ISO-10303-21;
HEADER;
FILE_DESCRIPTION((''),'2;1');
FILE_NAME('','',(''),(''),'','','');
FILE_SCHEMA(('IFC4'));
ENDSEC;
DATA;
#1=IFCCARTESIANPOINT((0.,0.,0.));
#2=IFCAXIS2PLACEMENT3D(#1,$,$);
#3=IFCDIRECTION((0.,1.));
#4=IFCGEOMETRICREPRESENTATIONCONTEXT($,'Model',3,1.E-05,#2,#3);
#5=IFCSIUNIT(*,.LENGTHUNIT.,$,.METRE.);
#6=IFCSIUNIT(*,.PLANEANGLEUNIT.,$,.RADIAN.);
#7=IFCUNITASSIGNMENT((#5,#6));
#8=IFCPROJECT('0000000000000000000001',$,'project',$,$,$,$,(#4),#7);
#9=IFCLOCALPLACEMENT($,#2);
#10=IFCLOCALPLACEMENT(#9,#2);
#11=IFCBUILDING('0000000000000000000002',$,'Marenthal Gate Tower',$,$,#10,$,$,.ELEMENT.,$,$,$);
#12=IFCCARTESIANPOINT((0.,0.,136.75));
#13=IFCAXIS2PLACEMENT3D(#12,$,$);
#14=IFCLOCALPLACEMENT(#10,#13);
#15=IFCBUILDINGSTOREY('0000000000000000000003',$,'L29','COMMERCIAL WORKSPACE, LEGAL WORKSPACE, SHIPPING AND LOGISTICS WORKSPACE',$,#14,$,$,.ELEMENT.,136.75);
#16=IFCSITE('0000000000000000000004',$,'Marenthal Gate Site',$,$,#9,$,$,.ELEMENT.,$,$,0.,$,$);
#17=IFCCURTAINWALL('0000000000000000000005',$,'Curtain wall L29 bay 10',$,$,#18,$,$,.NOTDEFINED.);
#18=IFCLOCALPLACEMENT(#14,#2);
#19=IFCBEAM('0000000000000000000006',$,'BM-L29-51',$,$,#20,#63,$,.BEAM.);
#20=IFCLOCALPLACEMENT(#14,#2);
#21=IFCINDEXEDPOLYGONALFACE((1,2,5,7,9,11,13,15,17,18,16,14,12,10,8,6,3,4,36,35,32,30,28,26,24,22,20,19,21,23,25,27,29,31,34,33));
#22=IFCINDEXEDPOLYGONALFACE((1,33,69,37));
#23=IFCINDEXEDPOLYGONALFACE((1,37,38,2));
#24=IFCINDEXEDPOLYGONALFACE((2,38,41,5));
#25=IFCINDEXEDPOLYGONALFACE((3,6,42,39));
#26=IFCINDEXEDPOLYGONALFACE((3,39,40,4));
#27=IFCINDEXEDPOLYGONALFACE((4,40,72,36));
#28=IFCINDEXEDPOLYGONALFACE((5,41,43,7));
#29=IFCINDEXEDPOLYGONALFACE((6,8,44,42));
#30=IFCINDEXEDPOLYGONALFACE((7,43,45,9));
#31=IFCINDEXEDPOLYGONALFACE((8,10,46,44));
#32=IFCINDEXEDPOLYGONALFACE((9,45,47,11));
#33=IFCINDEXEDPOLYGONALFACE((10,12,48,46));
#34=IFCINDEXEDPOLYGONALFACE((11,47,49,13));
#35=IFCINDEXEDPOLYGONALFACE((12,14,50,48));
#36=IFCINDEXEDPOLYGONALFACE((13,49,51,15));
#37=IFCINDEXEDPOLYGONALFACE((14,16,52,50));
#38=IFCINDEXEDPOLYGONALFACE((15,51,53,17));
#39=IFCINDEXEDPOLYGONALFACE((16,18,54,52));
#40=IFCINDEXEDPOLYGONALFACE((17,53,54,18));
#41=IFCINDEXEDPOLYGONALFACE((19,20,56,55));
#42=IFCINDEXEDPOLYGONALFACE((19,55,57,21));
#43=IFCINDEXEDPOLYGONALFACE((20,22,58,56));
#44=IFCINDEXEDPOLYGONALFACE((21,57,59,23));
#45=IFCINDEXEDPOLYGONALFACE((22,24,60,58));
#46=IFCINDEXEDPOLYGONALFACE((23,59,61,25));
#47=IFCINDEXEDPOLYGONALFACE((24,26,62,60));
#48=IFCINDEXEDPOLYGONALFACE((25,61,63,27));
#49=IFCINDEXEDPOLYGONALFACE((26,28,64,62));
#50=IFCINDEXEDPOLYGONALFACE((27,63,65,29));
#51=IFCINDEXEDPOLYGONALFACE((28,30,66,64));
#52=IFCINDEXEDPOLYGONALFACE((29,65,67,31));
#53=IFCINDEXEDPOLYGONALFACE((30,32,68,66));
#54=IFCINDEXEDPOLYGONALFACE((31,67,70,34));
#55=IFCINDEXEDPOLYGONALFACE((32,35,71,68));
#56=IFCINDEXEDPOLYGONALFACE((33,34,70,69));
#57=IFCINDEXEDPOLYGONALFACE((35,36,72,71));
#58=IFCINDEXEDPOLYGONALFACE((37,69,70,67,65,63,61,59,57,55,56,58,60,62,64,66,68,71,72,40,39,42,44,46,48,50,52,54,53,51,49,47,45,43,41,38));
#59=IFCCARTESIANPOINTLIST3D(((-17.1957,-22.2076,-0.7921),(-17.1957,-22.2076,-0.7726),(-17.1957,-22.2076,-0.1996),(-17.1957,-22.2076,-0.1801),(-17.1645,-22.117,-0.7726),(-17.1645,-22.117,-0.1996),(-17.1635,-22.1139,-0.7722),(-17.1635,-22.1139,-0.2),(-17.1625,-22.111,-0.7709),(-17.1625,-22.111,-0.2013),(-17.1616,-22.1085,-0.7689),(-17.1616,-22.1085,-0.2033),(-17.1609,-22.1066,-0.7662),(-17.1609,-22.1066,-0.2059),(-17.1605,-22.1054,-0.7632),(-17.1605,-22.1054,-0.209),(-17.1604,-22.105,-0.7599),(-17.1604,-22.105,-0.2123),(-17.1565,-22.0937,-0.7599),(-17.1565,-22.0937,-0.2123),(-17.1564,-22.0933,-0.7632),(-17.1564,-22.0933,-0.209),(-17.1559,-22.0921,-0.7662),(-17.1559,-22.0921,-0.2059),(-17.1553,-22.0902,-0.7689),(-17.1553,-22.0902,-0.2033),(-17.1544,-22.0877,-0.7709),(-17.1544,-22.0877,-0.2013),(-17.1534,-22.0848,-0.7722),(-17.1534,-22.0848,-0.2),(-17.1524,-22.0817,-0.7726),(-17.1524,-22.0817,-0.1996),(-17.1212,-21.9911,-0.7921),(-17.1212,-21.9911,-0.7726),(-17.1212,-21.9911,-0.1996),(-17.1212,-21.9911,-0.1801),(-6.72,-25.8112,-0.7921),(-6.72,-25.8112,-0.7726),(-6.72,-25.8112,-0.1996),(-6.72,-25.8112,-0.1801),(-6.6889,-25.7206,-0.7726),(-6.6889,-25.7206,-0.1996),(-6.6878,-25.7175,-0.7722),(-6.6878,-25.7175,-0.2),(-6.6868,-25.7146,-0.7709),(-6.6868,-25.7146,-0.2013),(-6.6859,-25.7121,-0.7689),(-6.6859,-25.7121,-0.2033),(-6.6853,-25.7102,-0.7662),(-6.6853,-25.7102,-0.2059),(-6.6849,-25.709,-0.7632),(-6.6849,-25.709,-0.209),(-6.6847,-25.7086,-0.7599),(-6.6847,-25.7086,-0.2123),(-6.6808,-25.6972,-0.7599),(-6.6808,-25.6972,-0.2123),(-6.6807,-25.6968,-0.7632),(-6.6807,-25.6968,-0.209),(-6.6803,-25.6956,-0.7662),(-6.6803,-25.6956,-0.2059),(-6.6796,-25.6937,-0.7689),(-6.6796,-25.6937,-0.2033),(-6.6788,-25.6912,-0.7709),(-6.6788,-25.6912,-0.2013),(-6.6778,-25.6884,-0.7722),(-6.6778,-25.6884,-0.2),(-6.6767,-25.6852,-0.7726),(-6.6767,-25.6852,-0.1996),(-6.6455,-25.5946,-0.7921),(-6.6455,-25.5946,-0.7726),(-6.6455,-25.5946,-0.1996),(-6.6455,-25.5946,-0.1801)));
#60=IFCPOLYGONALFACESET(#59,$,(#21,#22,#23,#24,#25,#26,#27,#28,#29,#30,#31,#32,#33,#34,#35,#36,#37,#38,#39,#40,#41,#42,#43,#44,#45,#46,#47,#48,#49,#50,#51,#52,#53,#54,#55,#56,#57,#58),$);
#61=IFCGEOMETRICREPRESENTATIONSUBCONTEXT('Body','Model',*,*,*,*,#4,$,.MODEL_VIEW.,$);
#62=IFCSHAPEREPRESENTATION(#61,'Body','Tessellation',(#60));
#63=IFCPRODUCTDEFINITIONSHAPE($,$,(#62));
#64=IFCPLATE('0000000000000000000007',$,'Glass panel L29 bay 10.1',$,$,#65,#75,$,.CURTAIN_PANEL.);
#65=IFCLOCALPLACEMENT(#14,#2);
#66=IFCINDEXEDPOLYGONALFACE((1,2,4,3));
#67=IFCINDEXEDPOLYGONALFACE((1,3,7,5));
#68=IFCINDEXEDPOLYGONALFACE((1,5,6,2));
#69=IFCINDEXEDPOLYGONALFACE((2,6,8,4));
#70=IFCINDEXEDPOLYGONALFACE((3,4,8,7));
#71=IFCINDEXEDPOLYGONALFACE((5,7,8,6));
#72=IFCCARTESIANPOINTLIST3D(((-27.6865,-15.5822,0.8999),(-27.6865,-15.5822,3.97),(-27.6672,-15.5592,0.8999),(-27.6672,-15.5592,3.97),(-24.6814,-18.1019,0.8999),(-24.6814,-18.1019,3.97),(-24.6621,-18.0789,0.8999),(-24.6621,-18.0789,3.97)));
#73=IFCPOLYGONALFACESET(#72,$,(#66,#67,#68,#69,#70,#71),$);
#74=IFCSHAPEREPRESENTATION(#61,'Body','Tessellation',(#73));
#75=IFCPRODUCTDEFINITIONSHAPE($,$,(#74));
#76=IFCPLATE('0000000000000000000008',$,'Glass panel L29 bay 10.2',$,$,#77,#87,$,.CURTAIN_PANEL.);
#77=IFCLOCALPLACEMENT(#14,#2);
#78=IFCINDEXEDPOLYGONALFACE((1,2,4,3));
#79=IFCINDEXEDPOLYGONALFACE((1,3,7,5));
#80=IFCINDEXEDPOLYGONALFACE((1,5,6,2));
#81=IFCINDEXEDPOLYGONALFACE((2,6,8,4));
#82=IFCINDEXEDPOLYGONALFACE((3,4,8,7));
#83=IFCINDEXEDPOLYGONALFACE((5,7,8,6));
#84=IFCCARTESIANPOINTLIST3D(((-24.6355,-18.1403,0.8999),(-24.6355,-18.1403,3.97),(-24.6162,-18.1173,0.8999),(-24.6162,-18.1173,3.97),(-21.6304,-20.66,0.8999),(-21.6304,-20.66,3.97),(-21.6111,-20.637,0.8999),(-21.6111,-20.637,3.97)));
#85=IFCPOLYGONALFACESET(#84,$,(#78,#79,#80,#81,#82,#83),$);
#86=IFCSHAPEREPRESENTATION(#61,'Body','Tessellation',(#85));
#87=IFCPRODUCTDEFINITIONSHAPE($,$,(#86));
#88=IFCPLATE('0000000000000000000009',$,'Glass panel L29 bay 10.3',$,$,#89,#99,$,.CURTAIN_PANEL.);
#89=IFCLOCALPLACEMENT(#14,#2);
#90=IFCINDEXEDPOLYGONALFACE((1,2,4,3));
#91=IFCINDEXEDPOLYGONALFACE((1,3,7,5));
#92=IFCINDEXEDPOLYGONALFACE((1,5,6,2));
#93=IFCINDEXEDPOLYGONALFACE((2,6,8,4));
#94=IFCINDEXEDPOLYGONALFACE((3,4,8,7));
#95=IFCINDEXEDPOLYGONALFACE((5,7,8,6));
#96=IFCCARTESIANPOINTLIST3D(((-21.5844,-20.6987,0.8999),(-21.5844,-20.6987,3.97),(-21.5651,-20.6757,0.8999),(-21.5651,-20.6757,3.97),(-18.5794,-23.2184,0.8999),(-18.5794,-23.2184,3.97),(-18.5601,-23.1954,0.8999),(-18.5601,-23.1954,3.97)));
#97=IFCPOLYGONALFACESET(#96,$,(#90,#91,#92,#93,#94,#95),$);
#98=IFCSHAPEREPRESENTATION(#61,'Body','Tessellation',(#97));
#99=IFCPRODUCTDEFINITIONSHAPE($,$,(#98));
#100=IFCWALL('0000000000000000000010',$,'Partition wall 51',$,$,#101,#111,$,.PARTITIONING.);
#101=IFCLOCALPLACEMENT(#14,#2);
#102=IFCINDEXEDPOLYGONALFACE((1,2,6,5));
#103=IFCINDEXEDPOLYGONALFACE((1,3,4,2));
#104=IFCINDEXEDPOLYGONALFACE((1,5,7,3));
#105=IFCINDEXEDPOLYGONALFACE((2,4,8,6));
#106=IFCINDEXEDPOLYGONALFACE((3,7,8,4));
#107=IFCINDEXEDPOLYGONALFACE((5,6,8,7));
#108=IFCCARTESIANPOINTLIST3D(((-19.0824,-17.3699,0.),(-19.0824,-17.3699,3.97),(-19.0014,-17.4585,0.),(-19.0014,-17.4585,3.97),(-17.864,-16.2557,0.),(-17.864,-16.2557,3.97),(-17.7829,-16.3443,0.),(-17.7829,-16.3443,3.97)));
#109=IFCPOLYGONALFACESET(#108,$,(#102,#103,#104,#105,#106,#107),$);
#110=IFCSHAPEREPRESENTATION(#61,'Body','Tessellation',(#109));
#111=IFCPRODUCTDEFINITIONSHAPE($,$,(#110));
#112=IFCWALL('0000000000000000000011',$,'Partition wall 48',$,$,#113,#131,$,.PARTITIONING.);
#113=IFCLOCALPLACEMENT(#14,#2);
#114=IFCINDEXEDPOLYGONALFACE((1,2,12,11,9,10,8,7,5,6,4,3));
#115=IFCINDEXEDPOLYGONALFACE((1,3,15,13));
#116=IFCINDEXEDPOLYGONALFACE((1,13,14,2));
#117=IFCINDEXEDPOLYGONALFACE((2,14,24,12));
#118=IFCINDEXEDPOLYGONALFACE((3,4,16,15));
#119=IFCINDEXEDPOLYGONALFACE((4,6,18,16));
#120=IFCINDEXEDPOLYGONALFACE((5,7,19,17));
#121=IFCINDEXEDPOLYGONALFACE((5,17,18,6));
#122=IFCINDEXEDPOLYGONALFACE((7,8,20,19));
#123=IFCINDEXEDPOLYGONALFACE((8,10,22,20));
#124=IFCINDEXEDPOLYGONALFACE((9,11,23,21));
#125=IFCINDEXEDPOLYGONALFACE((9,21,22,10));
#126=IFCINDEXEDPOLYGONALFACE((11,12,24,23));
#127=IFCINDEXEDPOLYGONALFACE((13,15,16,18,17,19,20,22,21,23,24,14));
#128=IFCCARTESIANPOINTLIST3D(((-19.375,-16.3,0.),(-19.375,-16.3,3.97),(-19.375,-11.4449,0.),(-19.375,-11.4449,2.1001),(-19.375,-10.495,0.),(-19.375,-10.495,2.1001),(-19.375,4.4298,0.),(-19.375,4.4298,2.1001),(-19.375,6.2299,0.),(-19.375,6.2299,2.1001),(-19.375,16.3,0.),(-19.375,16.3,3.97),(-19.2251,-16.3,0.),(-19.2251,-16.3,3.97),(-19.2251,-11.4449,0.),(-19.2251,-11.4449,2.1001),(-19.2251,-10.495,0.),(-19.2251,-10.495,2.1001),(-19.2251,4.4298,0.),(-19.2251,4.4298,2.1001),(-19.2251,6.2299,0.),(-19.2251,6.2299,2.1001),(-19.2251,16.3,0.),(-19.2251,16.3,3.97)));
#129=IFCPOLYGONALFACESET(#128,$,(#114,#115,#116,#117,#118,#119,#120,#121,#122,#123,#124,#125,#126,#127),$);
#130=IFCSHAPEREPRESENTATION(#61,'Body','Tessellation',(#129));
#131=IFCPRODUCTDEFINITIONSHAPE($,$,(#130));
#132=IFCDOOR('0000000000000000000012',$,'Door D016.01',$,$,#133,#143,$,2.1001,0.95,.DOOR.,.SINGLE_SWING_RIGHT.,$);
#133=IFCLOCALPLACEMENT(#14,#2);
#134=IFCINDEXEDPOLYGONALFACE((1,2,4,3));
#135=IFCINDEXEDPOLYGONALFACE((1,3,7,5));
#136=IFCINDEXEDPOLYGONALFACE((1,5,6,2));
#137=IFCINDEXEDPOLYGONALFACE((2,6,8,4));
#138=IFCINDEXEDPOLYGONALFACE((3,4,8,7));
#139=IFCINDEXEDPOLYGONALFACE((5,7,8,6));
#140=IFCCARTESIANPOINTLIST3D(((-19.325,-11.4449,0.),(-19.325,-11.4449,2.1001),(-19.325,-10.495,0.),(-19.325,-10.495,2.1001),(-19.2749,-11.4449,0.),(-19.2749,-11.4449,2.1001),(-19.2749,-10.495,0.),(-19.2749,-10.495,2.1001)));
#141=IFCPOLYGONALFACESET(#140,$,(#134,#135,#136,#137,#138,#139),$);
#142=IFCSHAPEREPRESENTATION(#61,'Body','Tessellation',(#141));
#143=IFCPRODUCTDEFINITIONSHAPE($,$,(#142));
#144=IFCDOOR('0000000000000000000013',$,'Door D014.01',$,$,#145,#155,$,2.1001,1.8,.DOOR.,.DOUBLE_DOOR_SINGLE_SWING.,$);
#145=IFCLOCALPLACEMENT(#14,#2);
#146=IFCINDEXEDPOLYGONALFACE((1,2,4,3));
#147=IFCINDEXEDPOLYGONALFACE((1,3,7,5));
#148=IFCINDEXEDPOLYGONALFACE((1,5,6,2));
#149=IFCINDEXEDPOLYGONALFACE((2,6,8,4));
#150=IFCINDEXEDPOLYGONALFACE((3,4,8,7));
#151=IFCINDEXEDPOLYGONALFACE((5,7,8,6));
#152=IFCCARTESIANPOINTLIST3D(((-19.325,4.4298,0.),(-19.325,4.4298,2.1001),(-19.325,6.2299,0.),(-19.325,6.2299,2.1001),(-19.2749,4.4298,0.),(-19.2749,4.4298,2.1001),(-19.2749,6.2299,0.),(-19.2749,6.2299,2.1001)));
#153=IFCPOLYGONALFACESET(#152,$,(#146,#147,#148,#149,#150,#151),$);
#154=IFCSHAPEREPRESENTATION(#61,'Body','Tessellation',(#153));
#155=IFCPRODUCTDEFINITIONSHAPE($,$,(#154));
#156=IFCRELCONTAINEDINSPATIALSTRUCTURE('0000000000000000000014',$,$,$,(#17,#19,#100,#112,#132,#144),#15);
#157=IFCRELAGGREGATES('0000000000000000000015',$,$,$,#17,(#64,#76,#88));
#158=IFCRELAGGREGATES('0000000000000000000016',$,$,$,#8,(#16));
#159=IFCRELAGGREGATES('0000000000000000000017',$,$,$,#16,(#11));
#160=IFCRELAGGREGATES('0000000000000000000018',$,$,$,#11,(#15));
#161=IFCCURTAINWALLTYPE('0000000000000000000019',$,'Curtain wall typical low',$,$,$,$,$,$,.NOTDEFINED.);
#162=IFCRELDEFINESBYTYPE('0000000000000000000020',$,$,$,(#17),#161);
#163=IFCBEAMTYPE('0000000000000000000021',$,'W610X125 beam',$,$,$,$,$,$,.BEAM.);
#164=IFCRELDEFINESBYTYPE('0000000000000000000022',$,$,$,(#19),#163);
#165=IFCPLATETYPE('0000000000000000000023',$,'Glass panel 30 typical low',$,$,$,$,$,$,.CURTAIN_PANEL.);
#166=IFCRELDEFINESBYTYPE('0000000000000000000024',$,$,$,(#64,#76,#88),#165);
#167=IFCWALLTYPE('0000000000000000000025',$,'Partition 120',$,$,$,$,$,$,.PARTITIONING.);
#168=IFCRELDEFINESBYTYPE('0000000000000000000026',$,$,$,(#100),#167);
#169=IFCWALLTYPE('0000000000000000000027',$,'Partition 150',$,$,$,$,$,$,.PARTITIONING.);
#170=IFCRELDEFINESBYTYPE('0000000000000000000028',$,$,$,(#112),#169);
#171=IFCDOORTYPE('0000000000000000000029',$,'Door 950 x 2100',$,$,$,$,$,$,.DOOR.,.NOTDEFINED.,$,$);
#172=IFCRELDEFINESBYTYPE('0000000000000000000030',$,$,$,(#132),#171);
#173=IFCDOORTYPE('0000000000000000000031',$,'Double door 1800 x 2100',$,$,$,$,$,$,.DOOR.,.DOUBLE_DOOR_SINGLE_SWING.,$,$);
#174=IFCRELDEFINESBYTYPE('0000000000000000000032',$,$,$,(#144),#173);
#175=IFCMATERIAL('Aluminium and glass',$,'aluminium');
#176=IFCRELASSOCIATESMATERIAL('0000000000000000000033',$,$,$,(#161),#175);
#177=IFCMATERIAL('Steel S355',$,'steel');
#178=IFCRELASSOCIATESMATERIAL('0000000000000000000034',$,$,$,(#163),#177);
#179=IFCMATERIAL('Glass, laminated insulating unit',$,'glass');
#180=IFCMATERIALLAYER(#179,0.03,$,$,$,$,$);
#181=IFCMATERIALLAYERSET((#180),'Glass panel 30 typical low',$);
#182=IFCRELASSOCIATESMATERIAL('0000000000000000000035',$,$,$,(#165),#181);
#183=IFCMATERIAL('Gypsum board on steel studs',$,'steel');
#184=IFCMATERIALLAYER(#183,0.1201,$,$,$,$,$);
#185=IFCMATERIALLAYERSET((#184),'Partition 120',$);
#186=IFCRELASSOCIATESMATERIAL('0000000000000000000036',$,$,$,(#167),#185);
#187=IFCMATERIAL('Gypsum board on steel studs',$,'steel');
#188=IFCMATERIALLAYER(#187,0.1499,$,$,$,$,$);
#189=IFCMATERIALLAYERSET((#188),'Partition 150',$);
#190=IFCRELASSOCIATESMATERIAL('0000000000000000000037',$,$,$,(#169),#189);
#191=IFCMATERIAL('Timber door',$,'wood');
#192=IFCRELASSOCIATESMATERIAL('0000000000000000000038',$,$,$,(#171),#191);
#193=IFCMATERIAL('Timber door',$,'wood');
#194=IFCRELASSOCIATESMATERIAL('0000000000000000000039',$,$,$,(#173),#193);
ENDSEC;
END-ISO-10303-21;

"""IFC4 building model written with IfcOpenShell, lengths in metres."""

from ifc_helpers import new_model, si_unit, direction, frame, frame_2d, origin, origin_2d, place, context, subcontext, project, spatial, rectangle, i_section, extrude, material, layer, layer_set, material_profile, profile_set, type_object, element, fill, aggregate, save


model = new_model("IFC4")

# Units and contexts
model_context = context("Model", 3, precision=1e-05, world=origin(), true_north=direction((0.0, 1.0)))
body_context = subcontext(model_context, "Body", "Model", "MODEL_VIEW")
ifc_project = project(units=[si_unit("LENGTHUNIT", "METRE"), si_unit("PLANEANGLEUNIT", "RADIAN")], contexts=[model_context])

# Site, building, storey
site_placement = place(None, origin())
site = spatial("IfcSite", under=ifc_project, at=site_placement, Name="Marenthal Gate Site", CompositionType="ELEMENT", RefElevation=0.0)
building_placement = place(site_placement, origin())
building = spatial("IfcBuilding", under=site, at=building_placement, Name="Marenthal Gate Tower", CompositionType="ELEMENT")
storey_placement = place(building_placement, frame((0.0, 0.0, 136.75)))
storey = spatial("IfcBuildingStorey", under=building, at=storey_placement, Name="L29", Description="COMMERCIAL WORKSPACE, LEGAL WORKSPACE, SHIPPING AND LOGISTICS WORKSPACE", CompositionType="ELEMENT", Elevation=136.75)

# Curtain wall
ifc_material_1 = material(Name="Aluminium and glass", Category="aluminium")
curtain_wall_type = type_object("IfcCurtainWallType", Name="Curtain wall typical low", PredefinedType="NOTDEFINED", material=ifc_material_1)
curtain_wall_placement = place(storey_placement, origin())
curtain_wall = element("IfcCurtainWall", 1, at=curtain_wall_placement, inside=storey, type_object=curtain_wall_type, Name="Curtain wall L29 bay 10", PredefinedType="NOTDEFINED")

# Beam
ifc_material_2 = material(Name="Steel S355", Category="steel")
ifc_material_profile_1 = material_profile(ifc_material_2, i_section(OverallWidth=0.229, OverallDepth=0.6121, WebThickness=0.012, FlangeThickness=0.0195, FilletRadius=0.0127, at=origin_2d()), Name="W610X125")
ifc_profile_set_1 = profile_set([ifc_material_profile_1], Name="Steel S355")
beam_type_1 = type_object("IfcBeamType", Name="W610X125 beam", PredefinedType="BEAM", material=ifc_profile_set_1)
beam_1_placement = place(storey_placement, frame((-17.1584, -22.0994, -0.4861), z_axis=(0.945616, -0.325284, 0.0), x_axis=(0.325284, 0.945616, 0.0)))
element("IfcBeam", 2, at=beam_1_placement, inside=storey, type_object=beam_type_1, Name="BM-L29-51", PredefinedType="BEAM", context=body_context, shape_type="SweptSolid", body=[
    extrude(i_section(OverallWidth=0.229, OverallDepth=0.6121, WebThickness=0.012, FlangeThickness=0.0195, FilletRadius=0.0127, at=origin_2d()), origin(), (0.0, 0.0, 1.0), 11.0781),
])

# Plates
ifc_material_3 = material(Name="Glass, laminated insulating unit", Category="glass")
ifc_layer_1 = layer(ifc_material_3, 0.03)
ifc_layer_set_1 = layer_set([ifc_layer_1], Name="Glass panel 30 typical low")
plate_type = type_object("IfcPlateType", Name="Glass panel 30 typical low", PredefinedType="CURTAIN_PANEL", material=ifc_layer_set_1)
plate_1_placement = place(storey_placement, frame((-26.1743, -16.8306, 0.8999), z_axis=(0.0, 0.0, 1.0), x_axis=(0.766277, -0.642511, 0.0)))
plate_1 = element("IfcPlate", 3, at=plate_1_placement, type_object=plate_type, Name="Glass panel L29 bay 10.1", PredefinedType="CURTAIN_PANEL", context=body_context, shape_type="SweptSolid", body=[
    extrude(rectangle(XDim=3.9216, YDim=0.03, at=origin_2d()), origin(), (0.0, 0.0, 1.0), 3.0701),
])
plate_2_placement = place(storey_placement, frame((-23.1233, -19.3887, 0.8999), z_axis=(0.0, 0.0, 1.0), x_axis=(0.766277, -0.642511, 0.0)))
plate_2 = element("IfcPlate", 4, at=plate_2_placement, type_object=plate_type, Name="Glass panel L29 bay 10.2", PredefinedType="CURTAIN_PANEL", context=body_context, shape_type="SweptSolid", body=[
    extrude(rectangle(XDim=3.9216, YDim=0.03, at=origin_2d()), origin(), (0.0, 0.0, 1.0), 3.0701),
])
plate_3_placement = place(storey_placement, frame((-20.0723, -21.947, 0.8999), z_axis=(0.0, 0.0, 1.0), x_axis=(0.766277, -0.642511, 0.0)))
plate_3 = element("IfcPlate", 5, at=plate_3_placement, type_object=plate_type, Name="Glass panel L29 bay 10.3", PredefinedType="CURTAIN_PANEL", context=body_context, shape_type="SweptSolid", body=[
    extrude(rectangle(XDim=3.9216, YDim=0.03, at=origin_2d()), origin(), (0.0, 0.0, 1.0), 3.0701),
])
aggregate(curtain_wall, [plate_1, plate_2, plate_3])

# Wall
ifc_material_4 = material(Name="Gypsum board on steel studs", Category="steel")
ifc_layer_2 = layer(ifc_material_4, 0.1201)
ifc_layer_set_2 = layer_set([ifc_layer_2], Name="Partition 120")
wall_type_1 = type_object("IfcWallType", Name="Partition 120", PredefinedType="PARTITIONING", material=ifc_layer_set_2)
wall_1_placement = place(storey_placement, frame((-19.042, -17.4143, 0.0), z_axis=(0.0, 0.0, 1.0), x_axis=(0.73797, 0.674834, 0.0)))
element("IfcWall", 6, at=wall_1_placement, inside=storey, type_object=wall_type_1, Name="Partition wall 51", PredefinedType="PARTITIONING", context=body_context, shape_type="SweptSolid", body=[
    extrude(rectangle(XDim=1.6511, YDim=0.1201, at=frame_2d((0.8257, 0.0))), origin(), (0.0, 0.0, 1.0), 3.97),
])

# Wall, openings, doors
ifc_material_5 = material(Name="Gypsum board on steel studs", Category="steel")
ifc_layer_3 = layer(ifc_material_5, 0.1499)
ifc_layer_set_3 = layer_set([ifc_layer_3], Name="Partition 150")
wall_type_2 = type_object("IfcWallType", Name="Partition 150", PredefinedType="PARTITIONING", material=ifc_layer_set_3)
wall_2_placement = place(storey_placement, frame((-19.3, -16.3, 0.0), z_axis=(0.0, 0.0, 1.0), x_axis=(0.0, 1.0, 0.0)))
wall_2 = element("IfcWall", 7, at=wall_2_placement, inside=storey, type_object=wall_type_2, Name="Partition wall 48", PredefinedType="PARTITIONING", context=body_context, shape_type="SweptSolid", body=[
    extrude(rectangle(XDim=32.6001, YDim=0.1499, at=frame_2d((16.3, 0.0))), origin(), (0.0, 0.0, 1.0), 3.97),
])
opening_1_placement = place(wall_2_placement, frame((20.73, 0.0, 0.0)))
opening_1 = element("IfcOpeningElement", 8, at=opening_1_placement, cuts=wall_2, PredefinedType="OPENING", context=body_context, shape_type="SweptSolid", body=[
    extrude(rectangle(XDim=1.8, YDim=2.1001, at=frame_2d((0.8999, 1.05))), frame((0.0, 0.085, 0.0), z_axis=(0.0, -1.0, 0.0), x_axis=(1.0, 0.0, 0.0)), (0.0, 0.0, 1.0), 0.1699),
])
opening_2_placement = place(wall_2_placement, frame((4.855, 0.0, 0.0)))
opening_2 = element("IfcOpeningElement", 9, at=opening_2_placement, cuts=wall_2, PredefinedType="OPENING", context=body_context, shape_type="SweptSolid", body=[
    extrude(rectangle(XDim=0.95, YDim=2.1001, at=frame_2d((0.4751, 1.05))), frame((0.0, 0.085, 0.0), z_axis=(0.0, -1.0, 0.0), x_axis=(1.0, 0.0, 0.0)), (0.0, 0.0, 1.0), 0.1699),
])
ifc_material_6 = material(Name="Timber door", Category="wood")
door_type_1 = type_object("IfcDoorType", Name="Door 950 x 2100", OperationType="NOTDEFINED", PredefinedType="DOOR", material=ifc_material_6)
door_1_placement = place(opening_2_placement, origin())
door_1 = element("IfcDoor", 10, at=door_1_placement, inside=storey, type_object=door_type_1, Name="Door D016.01", OperationType="SINGLE_SWING_RIGHT", OverallHeight=2.1001, OverallWidth=0.95, PredefinedType="DOOR", context=body_context, shape_type="SweptSolid", body=[
    extrude(rectangle(XDim=0.95, YDim=2.1001, at=frame_2d((0.4751, 1.05))), frame((0.0, 0.0249, 0.0), z_axis=(0.0, -1.0, 0.0), x_axis=(1.0, 0.0, 0.0)), (0.0, 0.0, 1.0), 0.05),
])
fill(opening_2, door_1)
ifc_material_7 = material(Name="Timber door", Category="wood")
door_type_2 = type_object("IfcDoorType", Name="Double door 1800 x 2100", OperationType="DOUBLE_DOOR_SINGLE_SWING", PredefinedType="DOOR", material=ifc_material_7)
door_2_placement = place(opening_1_placement, origin())
door_2 = element("IfcDoor", 11, at=door_2_placement, inside=storey, type_object=door_type_2, Name="Door D014.01", OperationType="DOUBLE_DOOR_SINGLE_SWING", OverallHeight=2.1001, OverallWidth=1.8, PredefinedType="DOOR", context=body_context, shape_type="SweptSolid", body=[
    extrude(rectangle(XDim=1.8, YDim=2.1001, at=frame_2d((0.8999, 1.05))), frame((0.0, 0.0249, 0.0), z_axis=(0.0, -1.0, 0.0), x_axis=(1.0, 0.0, 0.0)), (0.0, 0.0, 1.0), 0.05),
])
fill(opening_1, door_2)

save(model, "model.ifc")
